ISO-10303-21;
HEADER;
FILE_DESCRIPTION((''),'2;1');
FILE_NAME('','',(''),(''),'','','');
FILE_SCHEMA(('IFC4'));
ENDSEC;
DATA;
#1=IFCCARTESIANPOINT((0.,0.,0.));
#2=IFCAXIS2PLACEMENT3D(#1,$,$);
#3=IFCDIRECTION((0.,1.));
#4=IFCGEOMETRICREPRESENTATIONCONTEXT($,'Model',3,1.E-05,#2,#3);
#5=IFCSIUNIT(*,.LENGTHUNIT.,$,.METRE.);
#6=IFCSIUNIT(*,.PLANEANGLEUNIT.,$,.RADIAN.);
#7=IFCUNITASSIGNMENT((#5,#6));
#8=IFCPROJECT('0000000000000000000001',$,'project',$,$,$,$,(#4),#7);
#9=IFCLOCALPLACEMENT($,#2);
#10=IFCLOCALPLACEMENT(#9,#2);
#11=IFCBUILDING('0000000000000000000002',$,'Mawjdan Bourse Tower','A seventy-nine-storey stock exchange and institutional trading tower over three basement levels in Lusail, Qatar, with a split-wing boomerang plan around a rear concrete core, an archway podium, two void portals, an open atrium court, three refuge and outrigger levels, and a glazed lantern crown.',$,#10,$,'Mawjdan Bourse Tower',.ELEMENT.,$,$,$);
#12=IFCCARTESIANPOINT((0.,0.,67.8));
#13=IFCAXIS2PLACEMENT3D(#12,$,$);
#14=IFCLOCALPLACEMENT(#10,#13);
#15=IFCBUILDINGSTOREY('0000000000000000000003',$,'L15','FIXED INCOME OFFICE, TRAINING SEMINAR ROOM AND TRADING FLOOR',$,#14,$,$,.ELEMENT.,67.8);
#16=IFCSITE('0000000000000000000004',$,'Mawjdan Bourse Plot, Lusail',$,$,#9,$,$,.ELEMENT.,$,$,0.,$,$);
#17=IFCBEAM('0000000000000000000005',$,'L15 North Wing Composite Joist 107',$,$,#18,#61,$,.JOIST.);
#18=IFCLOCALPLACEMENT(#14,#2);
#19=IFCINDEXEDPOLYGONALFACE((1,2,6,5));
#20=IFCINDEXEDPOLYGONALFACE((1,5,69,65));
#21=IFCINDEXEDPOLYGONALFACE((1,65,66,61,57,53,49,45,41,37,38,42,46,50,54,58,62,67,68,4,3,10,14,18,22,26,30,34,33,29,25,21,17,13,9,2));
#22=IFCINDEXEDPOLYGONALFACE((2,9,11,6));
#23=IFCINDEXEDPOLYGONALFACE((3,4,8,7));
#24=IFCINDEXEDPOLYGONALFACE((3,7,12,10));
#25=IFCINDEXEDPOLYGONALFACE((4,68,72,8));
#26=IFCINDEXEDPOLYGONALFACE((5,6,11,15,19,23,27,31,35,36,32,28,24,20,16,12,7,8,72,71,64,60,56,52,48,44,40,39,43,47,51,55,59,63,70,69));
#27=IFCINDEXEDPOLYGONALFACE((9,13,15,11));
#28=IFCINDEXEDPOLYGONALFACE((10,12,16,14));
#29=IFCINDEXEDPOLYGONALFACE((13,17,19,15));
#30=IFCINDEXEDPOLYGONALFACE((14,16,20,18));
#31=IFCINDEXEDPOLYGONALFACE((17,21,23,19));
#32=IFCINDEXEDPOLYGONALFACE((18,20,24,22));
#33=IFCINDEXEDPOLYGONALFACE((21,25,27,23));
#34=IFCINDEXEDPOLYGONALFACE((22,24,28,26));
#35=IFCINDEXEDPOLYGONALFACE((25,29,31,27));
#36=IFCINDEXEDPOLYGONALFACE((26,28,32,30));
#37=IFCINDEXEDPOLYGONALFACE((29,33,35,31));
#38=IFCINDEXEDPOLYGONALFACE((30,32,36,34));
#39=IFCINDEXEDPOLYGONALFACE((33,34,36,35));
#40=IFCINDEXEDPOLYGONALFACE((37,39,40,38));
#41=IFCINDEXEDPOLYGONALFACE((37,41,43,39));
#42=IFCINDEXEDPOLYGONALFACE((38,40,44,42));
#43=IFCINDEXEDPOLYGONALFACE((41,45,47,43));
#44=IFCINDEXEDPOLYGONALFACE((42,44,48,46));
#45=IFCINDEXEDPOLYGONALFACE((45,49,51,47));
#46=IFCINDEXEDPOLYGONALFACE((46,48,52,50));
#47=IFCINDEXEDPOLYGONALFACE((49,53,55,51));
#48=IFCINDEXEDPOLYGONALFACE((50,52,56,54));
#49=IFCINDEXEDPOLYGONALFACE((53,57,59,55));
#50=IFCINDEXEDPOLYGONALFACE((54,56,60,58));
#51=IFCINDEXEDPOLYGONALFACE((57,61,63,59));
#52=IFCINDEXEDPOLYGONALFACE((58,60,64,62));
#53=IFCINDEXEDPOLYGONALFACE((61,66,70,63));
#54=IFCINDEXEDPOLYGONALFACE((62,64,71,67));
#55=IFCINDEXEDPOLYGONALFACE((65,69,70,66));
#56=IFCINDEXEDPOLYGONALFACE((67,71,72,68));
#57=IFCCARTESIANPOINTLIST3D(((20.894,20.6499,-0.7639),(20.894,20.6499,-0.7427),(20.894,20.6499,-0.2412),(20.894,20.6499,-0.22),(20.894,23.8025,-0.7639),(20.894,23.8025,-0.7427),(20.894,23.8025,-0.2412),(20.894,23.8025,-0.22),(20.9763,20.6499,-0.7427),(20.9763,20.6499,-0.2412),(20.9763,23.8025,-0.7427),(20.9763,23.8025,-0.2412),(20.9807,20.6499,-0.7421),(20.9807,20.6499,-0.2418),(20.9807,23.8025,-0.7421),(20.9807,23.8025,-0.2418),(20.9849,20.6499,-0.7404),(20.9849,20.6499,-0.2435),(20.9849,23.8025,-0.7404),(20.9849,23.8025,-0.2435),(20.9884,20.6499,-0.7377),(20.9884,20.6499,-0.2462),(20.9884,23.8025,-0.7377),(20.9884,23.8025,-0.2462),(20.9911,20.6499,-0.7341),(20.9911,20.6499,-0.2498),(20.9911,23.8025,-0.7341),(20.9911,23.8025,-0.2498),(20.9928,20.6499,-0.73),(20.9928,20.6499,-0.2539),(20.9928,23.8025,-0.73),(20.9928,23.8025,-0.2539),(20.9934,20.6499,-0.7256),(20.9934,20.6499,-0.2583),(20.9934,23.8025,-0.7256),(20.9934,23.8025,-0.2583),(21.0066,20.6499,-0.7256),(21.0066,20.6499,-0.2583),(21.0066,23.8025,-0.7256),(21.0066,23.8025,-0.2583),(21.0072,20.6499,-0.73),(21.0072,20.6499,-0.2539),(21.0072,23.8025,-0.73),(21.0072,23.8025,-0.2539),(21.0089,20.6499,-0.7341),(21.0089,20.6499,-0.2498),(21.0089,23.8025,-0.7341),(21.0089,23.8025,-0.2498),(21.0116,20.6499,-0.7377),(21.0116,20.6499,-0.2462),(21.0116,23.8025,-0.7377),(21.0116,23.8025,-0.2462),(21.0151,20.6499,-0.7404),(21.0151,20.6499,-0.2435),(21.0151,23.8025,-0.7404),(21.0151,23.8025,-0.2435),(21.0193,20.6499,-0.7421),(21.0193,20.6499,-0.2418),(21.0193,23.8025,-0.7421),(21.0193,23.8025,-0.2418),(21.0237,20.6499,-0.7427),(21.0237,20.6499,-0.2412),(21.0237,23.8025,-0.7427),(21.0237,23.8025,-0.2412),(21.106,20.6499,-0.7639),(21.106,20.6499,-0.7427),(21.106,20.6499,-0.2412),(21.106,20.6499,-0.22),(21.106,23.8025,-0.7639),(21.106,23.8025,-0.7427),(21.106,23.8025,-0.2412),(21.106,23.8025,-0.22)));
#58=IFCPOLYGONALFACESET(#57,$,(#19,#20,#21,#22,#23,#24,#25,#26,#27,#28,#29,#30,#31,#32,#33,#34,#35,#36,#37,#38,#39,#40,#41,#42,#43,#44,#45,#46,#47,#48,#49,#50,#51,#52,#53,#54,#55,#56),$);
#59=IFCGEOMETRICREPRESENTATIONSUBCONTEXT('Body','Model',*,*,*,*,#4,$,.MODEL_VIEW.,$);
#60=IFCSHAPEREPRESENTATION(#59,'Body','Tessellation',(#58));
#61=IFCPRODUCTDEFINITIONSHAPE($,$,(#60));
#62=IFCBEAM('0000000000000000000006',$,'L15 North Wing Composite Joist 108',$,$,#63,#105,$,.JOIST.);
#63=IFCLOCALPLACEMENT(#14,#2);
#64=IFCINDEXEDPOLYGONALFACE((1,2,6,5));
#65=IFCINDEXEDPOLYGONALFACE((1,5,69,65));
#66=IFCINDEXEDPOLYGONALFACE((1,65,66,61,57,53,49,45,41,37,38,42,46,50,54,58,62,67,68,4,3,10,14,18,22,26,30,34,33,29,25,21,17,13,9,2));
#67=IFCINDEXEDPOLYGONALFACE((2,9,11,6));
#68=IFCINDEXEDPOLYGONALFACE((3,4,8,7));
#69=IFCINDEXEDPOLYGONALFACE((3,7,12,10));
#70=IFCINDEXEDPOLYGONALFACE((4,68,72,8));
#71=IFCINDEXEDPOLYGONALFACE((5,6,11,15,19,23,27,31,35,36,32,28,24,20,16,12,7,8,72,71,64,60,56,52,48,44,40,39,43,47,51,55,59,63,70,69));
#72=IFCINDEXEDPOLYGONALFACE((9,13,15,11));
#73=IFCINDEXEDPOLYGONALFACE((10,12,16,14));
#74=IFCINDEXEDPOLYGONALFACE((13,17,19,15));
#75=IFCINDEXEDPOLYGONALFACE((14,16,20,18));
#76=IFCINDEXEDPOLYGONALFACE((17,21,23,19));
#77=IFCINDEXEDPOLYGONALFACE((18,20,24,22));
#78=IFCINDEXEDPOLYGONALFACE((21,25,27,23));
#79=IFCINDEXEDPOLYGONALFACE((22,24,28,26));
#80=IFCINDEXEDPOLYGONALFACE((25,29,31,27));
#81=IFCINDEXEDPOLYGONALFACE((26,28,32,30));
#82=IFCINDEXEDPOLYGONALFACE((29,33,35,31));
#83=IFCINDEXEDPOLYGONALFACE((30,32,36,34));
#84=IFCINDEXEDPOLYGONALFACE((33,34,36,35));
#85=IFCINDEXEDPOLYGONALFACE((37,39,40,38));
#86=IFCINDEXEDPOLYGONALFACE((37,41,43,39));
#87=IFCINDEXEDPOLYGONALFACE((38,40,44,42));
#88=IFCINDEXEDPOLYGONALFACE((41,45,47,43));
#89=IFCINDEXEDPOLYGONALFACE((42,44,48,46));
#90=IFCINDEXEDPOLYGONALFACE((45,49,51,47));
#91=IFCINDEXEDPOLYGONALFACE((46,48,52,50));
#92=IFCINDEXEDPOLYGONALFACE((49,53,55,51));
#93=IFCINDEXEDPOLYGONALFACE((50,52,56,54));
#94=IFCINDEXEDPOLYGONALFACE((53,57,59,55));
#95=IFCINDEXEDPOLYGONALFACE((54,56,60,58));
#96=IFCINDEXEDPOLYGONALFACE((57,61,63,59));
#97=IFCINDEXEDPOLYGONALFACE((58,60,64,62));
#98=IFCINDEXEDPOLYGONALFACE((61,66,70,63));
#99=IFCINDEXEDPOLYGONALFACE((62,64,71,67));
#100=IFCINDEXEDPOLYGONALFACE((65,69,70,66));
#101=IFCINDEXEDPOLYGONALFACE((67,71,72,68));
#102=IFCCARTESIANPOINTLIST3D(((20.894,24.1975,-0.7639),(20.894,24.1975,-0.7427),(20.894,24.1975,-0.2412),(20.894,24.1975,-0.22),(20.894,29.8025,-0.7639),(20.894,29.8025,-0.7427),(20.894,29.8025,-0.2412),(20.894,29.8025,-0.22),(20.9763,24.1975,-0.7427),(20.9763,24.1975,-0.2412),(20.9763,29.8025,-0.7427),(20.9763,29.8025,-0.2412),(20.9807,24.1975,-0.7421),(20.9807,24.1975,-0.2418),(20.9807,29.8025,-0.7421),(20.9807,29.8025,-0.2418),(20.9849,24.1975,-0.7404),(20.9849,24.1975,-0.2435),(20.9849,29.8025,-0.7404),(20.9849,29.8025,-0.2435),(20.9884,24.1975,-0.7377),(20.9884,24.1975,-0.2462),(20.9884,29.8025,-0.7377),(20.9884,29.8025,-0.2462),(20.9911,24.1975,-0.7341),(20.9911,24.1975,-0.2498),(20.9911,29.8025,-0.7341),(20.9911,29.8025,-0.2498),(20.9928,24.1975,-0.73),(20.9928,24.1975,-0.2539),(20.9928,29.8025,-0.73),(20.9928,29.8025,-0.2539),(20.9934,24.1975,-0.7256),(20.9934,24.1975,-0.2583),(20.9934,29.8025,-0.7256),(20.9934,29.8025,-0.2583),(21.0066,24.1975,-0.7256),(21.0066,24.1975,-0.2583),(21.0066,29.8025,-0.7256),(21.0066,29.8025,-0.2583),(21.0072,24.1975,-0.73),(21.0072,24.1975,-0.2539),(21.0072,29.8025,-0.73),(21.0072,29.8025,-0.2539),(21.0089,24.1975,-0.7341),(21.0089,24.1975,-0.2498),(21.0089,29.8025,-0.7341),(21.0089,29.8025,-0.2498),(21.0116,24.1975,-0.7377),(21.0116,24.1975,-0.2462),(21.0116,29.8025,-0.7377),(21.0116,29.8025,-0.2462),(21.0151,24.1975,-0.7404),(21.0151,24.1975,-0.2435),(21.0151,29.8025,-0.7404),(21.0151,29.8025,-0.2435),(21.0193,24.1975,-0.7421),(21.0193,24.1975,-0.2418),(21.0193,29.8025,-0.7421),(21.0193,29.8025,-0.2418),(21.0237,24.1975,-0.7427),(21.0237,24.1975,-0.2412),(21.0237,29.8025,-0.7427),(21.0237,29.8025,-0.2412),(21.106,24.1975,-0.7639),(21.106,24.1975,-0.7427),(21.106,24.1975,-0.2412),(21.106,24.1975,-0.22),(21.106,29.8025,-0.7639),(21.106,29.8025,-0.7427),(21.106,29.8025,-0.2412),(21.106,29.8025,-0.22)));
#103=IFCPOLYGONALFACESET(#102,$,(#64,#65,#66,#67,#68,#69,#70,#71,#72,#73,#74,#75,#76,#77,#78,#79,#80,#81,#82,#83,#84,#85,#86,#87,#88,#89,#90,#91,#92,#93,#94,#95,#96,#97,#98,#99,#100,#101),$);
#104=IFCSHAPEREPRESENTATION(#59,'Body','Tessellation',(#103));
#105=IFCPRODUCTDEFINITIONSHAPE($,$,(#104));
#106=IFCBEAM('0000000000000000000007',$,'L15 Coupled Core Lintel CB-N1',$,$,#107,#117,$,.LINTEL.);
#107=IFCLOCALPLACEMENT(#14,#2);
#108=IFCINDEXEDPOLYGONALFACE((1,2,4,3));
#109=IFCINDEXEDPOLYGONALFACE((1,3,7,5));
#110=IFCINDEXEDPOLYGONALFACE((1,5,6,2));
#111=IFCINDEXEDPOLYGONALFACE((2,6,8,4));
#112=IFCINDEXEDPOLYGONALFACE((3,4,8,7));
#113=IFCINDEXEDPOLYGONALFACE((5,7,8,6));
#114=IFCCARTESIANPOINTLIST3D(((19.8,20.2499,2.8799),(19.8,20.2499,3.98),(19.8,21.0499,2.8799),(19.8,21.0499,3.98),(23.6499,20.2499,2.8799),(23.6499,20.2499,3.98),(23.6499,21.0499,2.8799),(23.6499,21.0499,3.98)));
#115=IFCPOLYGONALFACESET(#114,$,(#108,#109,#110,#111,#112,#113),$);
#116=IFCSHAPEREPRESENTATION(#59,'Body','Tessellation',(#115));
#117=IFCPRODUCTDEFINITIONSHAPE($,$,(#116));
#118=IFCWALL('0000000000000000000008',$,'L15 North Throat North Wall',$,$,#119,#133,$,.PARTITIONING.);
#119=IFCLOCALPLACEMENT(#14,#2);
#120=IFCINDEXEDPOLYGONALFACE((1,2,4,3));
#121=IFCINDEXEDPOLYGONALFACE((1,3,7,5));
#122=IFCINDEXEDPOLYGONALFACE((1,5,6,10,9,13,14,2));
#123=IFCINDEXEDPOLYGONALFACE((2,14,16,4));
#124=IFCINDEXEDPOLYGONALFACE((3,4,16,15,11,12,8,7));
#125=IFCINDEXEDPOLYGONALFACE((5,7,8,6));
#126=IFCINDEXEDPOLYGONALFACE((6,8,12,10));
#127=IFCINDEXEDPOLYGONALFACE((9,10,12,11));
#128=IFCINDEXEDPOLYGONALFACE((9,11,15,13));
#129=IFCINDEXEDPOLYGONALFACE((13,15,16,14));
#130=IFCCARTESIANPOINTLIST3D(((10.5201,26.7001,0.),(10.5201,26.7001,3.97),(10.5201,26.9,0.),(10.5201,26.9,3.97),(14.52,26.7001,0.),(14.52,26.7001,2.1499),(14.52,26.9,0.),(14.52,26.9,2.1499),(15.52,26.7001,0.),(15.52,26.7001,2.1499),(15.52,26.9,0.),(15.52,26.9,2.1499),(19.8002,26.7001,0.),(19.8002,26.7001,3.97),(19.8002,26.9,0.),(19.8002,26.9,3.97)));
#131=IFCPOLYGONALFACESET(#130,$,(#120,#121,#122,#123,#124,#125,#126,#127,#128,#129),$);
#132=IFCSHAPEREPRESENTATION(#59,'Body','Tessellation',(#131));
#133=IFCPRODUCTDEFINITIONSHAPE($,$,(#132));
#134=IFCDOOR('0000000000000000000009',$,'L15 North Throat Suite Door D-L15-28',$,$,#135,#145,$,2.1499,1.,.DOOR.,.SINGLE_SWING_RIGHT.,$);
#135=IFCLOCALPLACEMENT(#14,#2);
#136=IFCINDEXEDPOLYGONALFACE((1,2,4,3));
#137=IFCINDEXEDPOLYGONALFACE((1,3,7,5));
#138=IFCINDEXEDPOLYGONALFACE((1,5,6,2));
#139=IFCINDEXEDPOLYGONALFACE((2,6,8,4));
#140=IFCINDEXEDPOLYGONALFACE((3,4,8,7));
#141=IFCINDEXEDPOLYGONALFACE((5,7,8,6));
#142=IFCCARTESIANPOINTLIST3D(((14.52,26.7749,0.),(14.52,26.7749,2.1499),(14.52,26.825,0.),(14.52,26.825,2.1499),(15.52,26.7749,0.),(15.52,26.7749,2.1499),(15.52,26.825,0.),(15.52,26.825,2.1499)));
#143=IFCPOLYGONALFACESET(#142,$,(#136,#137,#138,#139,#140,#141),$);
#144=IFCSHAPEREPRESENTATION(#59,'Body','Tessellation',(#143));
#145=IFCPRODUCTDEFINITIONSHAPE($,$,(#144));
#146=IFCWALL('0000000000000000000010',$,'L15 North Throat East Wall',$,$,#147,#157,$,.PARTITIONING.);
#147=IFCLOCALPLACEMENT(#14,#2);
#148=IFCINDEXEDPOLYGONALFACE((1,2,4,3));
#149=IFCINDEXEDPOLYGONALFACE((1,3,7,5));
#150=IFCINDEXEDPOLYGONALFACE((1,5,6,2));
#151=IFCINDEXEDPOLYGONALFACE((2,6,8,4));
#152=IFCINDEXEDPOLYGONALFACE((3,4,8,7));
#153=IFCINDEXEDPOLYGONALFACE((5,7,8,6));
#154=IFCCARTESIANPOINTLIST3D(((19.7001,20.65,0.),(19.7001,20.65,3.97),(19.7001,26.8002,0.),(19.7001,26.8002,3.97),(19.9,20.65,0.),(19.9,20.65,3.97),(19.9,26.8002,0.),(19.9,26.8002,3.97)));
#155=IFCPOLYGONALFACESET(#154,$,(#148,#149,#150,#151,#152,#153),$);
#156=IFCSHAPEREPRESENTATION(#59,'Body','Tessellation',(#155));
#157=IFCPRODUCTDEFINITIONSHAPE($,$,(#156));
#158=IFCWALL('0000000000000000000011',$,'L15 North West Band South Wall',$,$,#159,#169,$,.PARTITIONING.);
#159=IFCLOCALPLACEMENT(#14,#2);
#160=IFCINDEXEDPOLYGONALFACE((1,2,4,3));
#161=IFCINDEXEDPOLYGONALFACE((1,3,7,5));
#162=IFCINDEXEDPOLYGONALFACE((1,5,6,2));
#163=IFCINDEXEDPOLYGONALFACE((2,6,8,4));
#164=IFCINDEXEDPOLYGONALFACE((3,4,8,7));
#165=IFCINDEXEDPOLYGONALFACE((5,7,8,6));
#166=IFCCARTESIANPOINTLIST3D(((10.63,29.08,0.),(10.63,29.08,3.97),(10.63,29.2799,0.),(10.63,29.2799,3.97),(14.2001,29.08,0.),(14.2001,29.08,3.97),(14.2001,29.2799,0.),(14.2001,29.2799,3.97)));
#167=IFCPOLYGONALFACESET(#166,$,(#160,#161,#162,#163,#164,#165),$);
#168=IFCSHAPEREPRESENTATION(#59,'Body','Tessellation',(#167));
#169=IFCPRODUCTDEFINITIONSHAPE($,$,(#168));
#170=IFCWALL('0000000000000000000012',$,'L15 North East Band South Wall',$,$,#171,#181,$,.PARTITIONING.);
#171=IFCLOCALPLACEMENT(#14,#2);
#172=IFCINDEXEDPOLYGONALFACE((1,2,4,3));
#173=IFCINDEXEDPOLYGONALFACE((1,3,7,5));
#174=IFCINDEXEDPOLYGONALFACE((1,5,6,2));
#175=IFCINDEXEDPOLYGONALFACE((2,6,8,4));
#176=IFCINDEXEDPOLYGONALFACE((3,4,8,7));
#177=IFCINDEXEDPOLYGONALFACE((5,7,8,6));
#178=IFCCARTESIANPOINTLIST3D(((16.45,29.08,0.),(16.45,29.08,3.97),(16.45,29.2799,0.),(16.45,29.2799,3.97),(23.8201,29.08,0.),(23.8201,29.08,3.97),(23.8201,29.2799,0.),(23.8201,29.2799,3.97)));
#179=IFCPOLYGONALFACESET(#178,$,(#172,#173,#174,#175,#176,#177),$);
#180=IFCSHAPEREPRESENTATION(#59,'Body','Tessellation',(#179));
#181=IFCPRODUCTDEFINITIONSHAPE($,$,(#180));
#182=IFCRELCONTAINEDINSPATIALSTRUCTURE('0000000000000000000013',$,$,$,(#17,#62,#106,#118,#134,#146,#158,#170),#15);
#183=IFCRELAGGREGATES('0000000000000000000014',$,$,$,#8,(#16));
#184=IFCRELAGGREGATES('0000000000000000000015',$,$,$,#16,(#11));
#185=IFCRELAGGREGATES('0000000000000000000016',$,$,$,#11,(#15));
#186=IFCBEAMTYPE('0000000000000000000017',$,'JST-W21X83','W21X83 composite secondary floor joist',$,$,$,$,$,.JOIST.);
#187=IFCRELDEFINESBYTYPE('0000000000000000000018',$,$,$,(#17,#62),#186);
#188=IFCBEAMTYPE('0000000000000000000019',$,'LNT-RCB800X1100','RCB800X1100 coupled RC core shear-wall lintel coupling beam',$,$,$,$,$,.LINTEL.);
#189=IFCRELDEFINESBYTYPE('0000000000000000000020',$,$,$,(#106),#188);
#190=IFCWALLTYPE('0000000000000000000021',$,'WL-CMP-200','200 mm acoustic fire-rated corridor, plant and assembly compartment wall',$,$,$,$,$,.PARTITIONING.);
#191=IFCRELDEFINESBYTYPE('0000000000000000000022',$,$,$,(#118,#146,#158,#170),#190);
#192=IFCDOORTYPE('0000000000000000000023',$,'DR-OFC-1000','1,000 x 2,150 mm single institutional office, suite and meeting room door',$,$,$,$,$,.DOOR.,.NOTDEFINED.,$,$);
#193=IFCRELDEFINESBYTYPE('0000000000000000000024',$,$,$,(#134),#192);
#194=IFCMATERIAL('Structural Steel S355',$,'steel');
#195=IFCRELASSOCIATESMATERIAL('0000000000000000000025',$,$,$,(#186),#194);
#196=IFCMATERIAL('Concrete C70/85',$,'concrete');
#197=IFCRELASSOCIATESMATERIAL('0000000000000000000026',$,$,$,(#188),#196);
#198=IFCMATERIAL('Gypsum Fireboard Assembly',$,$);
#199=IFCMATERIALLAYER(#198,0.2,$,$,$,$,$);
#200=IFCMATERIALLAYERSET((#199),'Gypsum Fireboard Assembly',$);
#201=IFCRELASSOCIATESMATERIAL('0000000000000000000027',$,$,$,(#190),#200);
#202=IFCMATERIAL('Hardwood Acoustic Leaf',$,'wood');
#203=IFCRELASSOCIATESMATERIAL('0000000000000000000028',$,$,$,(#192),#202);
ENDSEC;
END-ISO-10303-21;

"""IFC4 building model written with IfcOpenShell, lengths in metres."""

from ifc_helpers import new_model, si_unit, direction, frame, frame_2d, origin, origin_2d, place, context, subcontext, project, spatial, rectangle, i_section, extrude, material, layer, layer_set, material_profile, profile_set, type_object, element, fill, save


model = new_model("IFC4")

# Units and contexts
model_context = context("Model", 3, precision=1e-05, world=origin(), true_north=direction((0.0, 1.0)))
body_context = subcontext(model_context, "Body", "Model", "MODEL_VIEW")
ifc_project = project(units=[si_unit("LENGTHUNIT", "METRE"), si_unit("PLANEANGLEUNIT", "RADIAN")], contexts=[model_context])

# Site, building, storey
site_placement = place(None, origin())
site = spatial("IfcSite", under=ifc_project, at=site_placement, Name="Mawjdan Bourse Plot, Lusail", CompositionType="ELEMENT", RefElevation=0.0)
building_placement = place(site_placement, origin())
building = spatial("IfcBuilding", under=site, at=building_placement, Name="Mawjdan Bourse Tower", Description="A seventy-nine-storey stock exchange and institutional trading tower over three basement levels in Lusail, Qatar, with a split-wing boomerang plan around a rear concrete core, an archway podium, two void portals, an open atrium court, three refuge and outrigger levels, and a glazed lantern crown.", LongName="Mawjdan Bourse Tower", CompositionType="ELEMENT")
storey_placement = place(building_placement, frame((0.0, 0.0, 67.8)))
storey = spatial("IfcBuildingStorey", under=building, at=storey_placement, Name="L15", Description="FIXED INCOME OFFICE, TRAINING SEMINAR ROOM AND TRADING FLOOR", CompositionType="ELEMENT", Elevation=67.8)

# Beams
ifc_material_1 = material(Name="Structural Steel S355", Category="steel")
ifc_material_profile_1 = material_profile(ifc_material_1, i_section(OverallWidth=0.2119, OverallDepth=0.5439, WebThickness=0.0132, FlangeThickness=0.0212, FilletRadius=0.0171, at=origin_2d()), Name="W21X83")
ifc_profile_set_1 = profile_set([ifc_material_profile_1], Name="Structural Steel S355")
beam_type_1 = type_object("IfcBeamType", Name="JST-W21X83", Description="W21X83 composite secondary floor joist", PredefinedType="JOIST", material=ifc_profile_set_1)
beam_1_placement = place(storey_placement, frame((21.0, 20.6499, -0.4919), z_axis=(0.0, 1.0, 0.0), x_axis=(-1.0, 0.0, 0.0)))
element("IfcBeam", 1, at=beam_1_placement, inside=storey, type_object=beam_type_1, Name="L15 North Wing Composite Joist 107", PredefinedType="JOIST", context=body_context, shape_type="SweptSolid", body=[
    extrude(i_section(OverallWidth=0.2119, OverallDepth=0.5439, WebThickness=0.0132, FlangeThickness=0.0212, FilletRadius=0.0171, at=origin_2d()), origin(), (0.0, 0.0, 1.0), 3.1526),
])
beam_2_placement = place(storey_placement, frame((21.0, 24.1975, -0.4919), z_axis=(0.0, 1.0, 0.0), x_axis=(-1.0, 0.0, 0.0)))
element("IfcBeam", 2, at=beam_2_placement, inside=storey, type_object=beam_type_1, Name="L15 North Wing Composite Joist 108", PredefinedType="JOIST", context=body_context, shape_type="SweptSolid", body=[
    extrude(i_section(OverallWidth=0.2119, OverallDepth=0.5439, WebThickness=0.0132, FlangeThickness=0.0212, FilletRadius=0.0171, at=origin_2d()), origin(), (0.0, 0.0, 1.0), 5.605),
])
ifc_material_2 = material(Name="Concrete C70/85", Category="concrete")
ifc_material_profile_2 = material_profile(ifc_material_2, rectangle(XDim=0.8, YDim=1.1001, at=origin_2d()), Name="RCB800X1100")
ifc_profile_set_2 = profile_set([ifc_material_profile_2], Name="Concrete C70/85")
beam_type_2 = type_object("IfcBeamType", Name="LNT-RCB800X1100", Description="RCB800X1100 coupled RC core shear-wall lintel coupling beam", PredefinedType="LINTEL", material=ifc_profile_set_2)
beam_3_placement = place(storey_placement, frame((19.8, 20.6499, 3.4299), z_axis=(1.0, 0.0, 0.0), x_axis=(0.0, 1.0, 0.0)))
element("IfcBeam", 3, at=beam_3_placement, inside=storey, type_object=beam_type_2, Name="L15 Coupled Core Lintel CB-N1", PredefinedType="LINTEL", context=body_context, shape_type="SweptSolid", body=[
    extrude(rectangle(XDim=0.8, YDim=1.1001, at=origin_2d()), origin(), (0.0, 0.0, 1.0), 3.8499),
])

# Wall, opening, door
ifc_material_3 = material(Name="Gypsum Fireboard Assembly")
ifc_layer = layer(ifc_material_3, 0.2)
ifc_layer_set = layer_set([ifc_layer], Name="Gypsum Fireboard Assembly")
wall_type = type_object("IfcWallType", Name="WL-CMP-200", Description="200 mm acoustic fire-rated corridor, plant and assembly compartment wall", PredefinedType="PARTITIONING", material=ifc_layer_set)
wall_1_placement = place(storey_placement, frame((10.52, 26.8, 0.0), z_axis=(0.0, 0.0, 1.0), x_axis=(1.0, 0.0, 0.0)))
wall_1 = element("IfcWall", 4, at=wall_1_placement, inside=storey, type_object=wall_type, Name="L15 North Throat North Wall", PredefinedType="PARTITIONING", context=body_context, shape_type="SweptSolid", body=[
    extrude(rectangle(XDim=9.28, YDim=0.2, at=frame_2d((4.6401, 0.0))), origin(), (0.0, 0.0, 1.0), 3.97),
])
opening_1_placement = place(wall_1_placement, frame((4.0, 0.0, 0.0)))
opening_1 = element("IfcOpeningElement", 5, at=opening_1_placement, cuts=wall_1, PredefinedType="OPENING", context=body_context, shape_type="SweptSolid", body=[
    extrude(rectangle(XDim=1.0, YDim=2.1499, at=frame_2d((0.5, 1.075))), frame((0.0, 0.1099, 0.0), z_axis=(0.0, -1.0, 0.0), x_axis=(1.0, 0.0, 0.0)), (0.0, 0.0, 1.0), 0.22),
])
ifc_material_4 = material(Name="Hardwood Acoustic Leaf", Category="wood")
door_type = type_object("IfcDoorType", Name="DR-OFC-1000", Description="1,000 x 2,150 mm single institutional office, suite and meeting room door", OperationType="NOTDEFINED", PredefinedType="DOOR", material=ifc_material_4)
door_1_placement = place(opening_1_placement, origin())
door_1 = element("IfcDoor", 6, at=door_1_placement, inside=storey, type_object=door_type, Name="L15 North Throat Suite Door D-L15-28", OperationType="SINGLE_SWING_RIGHT", OverallHeight=2.1499, OverallWidth=1.0, PredefinedType="DOOR", context=body_context, shape_type="SweptSolid", body=[
    extrude(rectangle(XDim=1.0, YDim=2.1499, at=frame_2d((0.5, 1.075))), frame((0.0, 0.0249, 0.0), z_axis=(0.0, -1.0, 0.0), x_axis=(1.0, 0.0, 0.0)), (0.0, 0.0, 1.0), 0.05),
])
fill(opening_1, door_1)

# Walls
wall_2_placement = place(storey_placement, frame((19.8, 20.6499, 0.0), z_axis=(0.0, 0.0, 1.0), x_axis=(0.0, 1.0, 0.0)))
element("IfcWall", 7, at=wall_2_placement, inside=storey, type_object=wall_type, Name="L15 North Throat East Wall", PredefinedType="PARTITIONING", context=body_context, shape_type="SweptSolid", body=[
    extrude(rectangle(XDim=6.1501, YDim=0.2, at=frame_2d((3.0752, 0.0))), origin(), (0.0, 0.0, 1.0), 3.97),
])
wall_3_placement = place(storey_placement, frame((10.6299, 29.1799, 0.0), z_axis=(0.0, 0.0, 1.0), x_axis=(1.0, 0.0, 0.0)))
element("IfcWall", 8, at=wall_3_placement, inside=storey, type_object=wall_type, Name="L15 North West Band South Wall", PredefinedType="PARTITIONING", context=body_context, shape_type="SweptSolid", body=[
    extrude(rectangle(XDim=3.5701, YDim=0.2, at=frame_2d((1.7852, 0.0))), origin(), (0.0, 0.0, 1.0), 3.97),
])
wall_4_placement = place(storey_placement, frame((16.45, 29.1799, 0.0), z_axis=(0.0, 0.0, 1.0), x_axis=(1.0, 0.0, 0.0)))
element("IfcWall", 9, at=wall_4_placement, inside=storey, type_object=wall_type, Name="L15 North East Band South Wall", PredefinedType="PARTITIONING", context=body_context, shape_type="SweptSolid", body=[
    extrude(rectangle(XDim=7.3701, YDim=0.2, at=frame_2d((3.6851, 0.0))), origin(), (0.0, 0.0, 1.0), 3.97),
])

save(model, "model.ifc")
